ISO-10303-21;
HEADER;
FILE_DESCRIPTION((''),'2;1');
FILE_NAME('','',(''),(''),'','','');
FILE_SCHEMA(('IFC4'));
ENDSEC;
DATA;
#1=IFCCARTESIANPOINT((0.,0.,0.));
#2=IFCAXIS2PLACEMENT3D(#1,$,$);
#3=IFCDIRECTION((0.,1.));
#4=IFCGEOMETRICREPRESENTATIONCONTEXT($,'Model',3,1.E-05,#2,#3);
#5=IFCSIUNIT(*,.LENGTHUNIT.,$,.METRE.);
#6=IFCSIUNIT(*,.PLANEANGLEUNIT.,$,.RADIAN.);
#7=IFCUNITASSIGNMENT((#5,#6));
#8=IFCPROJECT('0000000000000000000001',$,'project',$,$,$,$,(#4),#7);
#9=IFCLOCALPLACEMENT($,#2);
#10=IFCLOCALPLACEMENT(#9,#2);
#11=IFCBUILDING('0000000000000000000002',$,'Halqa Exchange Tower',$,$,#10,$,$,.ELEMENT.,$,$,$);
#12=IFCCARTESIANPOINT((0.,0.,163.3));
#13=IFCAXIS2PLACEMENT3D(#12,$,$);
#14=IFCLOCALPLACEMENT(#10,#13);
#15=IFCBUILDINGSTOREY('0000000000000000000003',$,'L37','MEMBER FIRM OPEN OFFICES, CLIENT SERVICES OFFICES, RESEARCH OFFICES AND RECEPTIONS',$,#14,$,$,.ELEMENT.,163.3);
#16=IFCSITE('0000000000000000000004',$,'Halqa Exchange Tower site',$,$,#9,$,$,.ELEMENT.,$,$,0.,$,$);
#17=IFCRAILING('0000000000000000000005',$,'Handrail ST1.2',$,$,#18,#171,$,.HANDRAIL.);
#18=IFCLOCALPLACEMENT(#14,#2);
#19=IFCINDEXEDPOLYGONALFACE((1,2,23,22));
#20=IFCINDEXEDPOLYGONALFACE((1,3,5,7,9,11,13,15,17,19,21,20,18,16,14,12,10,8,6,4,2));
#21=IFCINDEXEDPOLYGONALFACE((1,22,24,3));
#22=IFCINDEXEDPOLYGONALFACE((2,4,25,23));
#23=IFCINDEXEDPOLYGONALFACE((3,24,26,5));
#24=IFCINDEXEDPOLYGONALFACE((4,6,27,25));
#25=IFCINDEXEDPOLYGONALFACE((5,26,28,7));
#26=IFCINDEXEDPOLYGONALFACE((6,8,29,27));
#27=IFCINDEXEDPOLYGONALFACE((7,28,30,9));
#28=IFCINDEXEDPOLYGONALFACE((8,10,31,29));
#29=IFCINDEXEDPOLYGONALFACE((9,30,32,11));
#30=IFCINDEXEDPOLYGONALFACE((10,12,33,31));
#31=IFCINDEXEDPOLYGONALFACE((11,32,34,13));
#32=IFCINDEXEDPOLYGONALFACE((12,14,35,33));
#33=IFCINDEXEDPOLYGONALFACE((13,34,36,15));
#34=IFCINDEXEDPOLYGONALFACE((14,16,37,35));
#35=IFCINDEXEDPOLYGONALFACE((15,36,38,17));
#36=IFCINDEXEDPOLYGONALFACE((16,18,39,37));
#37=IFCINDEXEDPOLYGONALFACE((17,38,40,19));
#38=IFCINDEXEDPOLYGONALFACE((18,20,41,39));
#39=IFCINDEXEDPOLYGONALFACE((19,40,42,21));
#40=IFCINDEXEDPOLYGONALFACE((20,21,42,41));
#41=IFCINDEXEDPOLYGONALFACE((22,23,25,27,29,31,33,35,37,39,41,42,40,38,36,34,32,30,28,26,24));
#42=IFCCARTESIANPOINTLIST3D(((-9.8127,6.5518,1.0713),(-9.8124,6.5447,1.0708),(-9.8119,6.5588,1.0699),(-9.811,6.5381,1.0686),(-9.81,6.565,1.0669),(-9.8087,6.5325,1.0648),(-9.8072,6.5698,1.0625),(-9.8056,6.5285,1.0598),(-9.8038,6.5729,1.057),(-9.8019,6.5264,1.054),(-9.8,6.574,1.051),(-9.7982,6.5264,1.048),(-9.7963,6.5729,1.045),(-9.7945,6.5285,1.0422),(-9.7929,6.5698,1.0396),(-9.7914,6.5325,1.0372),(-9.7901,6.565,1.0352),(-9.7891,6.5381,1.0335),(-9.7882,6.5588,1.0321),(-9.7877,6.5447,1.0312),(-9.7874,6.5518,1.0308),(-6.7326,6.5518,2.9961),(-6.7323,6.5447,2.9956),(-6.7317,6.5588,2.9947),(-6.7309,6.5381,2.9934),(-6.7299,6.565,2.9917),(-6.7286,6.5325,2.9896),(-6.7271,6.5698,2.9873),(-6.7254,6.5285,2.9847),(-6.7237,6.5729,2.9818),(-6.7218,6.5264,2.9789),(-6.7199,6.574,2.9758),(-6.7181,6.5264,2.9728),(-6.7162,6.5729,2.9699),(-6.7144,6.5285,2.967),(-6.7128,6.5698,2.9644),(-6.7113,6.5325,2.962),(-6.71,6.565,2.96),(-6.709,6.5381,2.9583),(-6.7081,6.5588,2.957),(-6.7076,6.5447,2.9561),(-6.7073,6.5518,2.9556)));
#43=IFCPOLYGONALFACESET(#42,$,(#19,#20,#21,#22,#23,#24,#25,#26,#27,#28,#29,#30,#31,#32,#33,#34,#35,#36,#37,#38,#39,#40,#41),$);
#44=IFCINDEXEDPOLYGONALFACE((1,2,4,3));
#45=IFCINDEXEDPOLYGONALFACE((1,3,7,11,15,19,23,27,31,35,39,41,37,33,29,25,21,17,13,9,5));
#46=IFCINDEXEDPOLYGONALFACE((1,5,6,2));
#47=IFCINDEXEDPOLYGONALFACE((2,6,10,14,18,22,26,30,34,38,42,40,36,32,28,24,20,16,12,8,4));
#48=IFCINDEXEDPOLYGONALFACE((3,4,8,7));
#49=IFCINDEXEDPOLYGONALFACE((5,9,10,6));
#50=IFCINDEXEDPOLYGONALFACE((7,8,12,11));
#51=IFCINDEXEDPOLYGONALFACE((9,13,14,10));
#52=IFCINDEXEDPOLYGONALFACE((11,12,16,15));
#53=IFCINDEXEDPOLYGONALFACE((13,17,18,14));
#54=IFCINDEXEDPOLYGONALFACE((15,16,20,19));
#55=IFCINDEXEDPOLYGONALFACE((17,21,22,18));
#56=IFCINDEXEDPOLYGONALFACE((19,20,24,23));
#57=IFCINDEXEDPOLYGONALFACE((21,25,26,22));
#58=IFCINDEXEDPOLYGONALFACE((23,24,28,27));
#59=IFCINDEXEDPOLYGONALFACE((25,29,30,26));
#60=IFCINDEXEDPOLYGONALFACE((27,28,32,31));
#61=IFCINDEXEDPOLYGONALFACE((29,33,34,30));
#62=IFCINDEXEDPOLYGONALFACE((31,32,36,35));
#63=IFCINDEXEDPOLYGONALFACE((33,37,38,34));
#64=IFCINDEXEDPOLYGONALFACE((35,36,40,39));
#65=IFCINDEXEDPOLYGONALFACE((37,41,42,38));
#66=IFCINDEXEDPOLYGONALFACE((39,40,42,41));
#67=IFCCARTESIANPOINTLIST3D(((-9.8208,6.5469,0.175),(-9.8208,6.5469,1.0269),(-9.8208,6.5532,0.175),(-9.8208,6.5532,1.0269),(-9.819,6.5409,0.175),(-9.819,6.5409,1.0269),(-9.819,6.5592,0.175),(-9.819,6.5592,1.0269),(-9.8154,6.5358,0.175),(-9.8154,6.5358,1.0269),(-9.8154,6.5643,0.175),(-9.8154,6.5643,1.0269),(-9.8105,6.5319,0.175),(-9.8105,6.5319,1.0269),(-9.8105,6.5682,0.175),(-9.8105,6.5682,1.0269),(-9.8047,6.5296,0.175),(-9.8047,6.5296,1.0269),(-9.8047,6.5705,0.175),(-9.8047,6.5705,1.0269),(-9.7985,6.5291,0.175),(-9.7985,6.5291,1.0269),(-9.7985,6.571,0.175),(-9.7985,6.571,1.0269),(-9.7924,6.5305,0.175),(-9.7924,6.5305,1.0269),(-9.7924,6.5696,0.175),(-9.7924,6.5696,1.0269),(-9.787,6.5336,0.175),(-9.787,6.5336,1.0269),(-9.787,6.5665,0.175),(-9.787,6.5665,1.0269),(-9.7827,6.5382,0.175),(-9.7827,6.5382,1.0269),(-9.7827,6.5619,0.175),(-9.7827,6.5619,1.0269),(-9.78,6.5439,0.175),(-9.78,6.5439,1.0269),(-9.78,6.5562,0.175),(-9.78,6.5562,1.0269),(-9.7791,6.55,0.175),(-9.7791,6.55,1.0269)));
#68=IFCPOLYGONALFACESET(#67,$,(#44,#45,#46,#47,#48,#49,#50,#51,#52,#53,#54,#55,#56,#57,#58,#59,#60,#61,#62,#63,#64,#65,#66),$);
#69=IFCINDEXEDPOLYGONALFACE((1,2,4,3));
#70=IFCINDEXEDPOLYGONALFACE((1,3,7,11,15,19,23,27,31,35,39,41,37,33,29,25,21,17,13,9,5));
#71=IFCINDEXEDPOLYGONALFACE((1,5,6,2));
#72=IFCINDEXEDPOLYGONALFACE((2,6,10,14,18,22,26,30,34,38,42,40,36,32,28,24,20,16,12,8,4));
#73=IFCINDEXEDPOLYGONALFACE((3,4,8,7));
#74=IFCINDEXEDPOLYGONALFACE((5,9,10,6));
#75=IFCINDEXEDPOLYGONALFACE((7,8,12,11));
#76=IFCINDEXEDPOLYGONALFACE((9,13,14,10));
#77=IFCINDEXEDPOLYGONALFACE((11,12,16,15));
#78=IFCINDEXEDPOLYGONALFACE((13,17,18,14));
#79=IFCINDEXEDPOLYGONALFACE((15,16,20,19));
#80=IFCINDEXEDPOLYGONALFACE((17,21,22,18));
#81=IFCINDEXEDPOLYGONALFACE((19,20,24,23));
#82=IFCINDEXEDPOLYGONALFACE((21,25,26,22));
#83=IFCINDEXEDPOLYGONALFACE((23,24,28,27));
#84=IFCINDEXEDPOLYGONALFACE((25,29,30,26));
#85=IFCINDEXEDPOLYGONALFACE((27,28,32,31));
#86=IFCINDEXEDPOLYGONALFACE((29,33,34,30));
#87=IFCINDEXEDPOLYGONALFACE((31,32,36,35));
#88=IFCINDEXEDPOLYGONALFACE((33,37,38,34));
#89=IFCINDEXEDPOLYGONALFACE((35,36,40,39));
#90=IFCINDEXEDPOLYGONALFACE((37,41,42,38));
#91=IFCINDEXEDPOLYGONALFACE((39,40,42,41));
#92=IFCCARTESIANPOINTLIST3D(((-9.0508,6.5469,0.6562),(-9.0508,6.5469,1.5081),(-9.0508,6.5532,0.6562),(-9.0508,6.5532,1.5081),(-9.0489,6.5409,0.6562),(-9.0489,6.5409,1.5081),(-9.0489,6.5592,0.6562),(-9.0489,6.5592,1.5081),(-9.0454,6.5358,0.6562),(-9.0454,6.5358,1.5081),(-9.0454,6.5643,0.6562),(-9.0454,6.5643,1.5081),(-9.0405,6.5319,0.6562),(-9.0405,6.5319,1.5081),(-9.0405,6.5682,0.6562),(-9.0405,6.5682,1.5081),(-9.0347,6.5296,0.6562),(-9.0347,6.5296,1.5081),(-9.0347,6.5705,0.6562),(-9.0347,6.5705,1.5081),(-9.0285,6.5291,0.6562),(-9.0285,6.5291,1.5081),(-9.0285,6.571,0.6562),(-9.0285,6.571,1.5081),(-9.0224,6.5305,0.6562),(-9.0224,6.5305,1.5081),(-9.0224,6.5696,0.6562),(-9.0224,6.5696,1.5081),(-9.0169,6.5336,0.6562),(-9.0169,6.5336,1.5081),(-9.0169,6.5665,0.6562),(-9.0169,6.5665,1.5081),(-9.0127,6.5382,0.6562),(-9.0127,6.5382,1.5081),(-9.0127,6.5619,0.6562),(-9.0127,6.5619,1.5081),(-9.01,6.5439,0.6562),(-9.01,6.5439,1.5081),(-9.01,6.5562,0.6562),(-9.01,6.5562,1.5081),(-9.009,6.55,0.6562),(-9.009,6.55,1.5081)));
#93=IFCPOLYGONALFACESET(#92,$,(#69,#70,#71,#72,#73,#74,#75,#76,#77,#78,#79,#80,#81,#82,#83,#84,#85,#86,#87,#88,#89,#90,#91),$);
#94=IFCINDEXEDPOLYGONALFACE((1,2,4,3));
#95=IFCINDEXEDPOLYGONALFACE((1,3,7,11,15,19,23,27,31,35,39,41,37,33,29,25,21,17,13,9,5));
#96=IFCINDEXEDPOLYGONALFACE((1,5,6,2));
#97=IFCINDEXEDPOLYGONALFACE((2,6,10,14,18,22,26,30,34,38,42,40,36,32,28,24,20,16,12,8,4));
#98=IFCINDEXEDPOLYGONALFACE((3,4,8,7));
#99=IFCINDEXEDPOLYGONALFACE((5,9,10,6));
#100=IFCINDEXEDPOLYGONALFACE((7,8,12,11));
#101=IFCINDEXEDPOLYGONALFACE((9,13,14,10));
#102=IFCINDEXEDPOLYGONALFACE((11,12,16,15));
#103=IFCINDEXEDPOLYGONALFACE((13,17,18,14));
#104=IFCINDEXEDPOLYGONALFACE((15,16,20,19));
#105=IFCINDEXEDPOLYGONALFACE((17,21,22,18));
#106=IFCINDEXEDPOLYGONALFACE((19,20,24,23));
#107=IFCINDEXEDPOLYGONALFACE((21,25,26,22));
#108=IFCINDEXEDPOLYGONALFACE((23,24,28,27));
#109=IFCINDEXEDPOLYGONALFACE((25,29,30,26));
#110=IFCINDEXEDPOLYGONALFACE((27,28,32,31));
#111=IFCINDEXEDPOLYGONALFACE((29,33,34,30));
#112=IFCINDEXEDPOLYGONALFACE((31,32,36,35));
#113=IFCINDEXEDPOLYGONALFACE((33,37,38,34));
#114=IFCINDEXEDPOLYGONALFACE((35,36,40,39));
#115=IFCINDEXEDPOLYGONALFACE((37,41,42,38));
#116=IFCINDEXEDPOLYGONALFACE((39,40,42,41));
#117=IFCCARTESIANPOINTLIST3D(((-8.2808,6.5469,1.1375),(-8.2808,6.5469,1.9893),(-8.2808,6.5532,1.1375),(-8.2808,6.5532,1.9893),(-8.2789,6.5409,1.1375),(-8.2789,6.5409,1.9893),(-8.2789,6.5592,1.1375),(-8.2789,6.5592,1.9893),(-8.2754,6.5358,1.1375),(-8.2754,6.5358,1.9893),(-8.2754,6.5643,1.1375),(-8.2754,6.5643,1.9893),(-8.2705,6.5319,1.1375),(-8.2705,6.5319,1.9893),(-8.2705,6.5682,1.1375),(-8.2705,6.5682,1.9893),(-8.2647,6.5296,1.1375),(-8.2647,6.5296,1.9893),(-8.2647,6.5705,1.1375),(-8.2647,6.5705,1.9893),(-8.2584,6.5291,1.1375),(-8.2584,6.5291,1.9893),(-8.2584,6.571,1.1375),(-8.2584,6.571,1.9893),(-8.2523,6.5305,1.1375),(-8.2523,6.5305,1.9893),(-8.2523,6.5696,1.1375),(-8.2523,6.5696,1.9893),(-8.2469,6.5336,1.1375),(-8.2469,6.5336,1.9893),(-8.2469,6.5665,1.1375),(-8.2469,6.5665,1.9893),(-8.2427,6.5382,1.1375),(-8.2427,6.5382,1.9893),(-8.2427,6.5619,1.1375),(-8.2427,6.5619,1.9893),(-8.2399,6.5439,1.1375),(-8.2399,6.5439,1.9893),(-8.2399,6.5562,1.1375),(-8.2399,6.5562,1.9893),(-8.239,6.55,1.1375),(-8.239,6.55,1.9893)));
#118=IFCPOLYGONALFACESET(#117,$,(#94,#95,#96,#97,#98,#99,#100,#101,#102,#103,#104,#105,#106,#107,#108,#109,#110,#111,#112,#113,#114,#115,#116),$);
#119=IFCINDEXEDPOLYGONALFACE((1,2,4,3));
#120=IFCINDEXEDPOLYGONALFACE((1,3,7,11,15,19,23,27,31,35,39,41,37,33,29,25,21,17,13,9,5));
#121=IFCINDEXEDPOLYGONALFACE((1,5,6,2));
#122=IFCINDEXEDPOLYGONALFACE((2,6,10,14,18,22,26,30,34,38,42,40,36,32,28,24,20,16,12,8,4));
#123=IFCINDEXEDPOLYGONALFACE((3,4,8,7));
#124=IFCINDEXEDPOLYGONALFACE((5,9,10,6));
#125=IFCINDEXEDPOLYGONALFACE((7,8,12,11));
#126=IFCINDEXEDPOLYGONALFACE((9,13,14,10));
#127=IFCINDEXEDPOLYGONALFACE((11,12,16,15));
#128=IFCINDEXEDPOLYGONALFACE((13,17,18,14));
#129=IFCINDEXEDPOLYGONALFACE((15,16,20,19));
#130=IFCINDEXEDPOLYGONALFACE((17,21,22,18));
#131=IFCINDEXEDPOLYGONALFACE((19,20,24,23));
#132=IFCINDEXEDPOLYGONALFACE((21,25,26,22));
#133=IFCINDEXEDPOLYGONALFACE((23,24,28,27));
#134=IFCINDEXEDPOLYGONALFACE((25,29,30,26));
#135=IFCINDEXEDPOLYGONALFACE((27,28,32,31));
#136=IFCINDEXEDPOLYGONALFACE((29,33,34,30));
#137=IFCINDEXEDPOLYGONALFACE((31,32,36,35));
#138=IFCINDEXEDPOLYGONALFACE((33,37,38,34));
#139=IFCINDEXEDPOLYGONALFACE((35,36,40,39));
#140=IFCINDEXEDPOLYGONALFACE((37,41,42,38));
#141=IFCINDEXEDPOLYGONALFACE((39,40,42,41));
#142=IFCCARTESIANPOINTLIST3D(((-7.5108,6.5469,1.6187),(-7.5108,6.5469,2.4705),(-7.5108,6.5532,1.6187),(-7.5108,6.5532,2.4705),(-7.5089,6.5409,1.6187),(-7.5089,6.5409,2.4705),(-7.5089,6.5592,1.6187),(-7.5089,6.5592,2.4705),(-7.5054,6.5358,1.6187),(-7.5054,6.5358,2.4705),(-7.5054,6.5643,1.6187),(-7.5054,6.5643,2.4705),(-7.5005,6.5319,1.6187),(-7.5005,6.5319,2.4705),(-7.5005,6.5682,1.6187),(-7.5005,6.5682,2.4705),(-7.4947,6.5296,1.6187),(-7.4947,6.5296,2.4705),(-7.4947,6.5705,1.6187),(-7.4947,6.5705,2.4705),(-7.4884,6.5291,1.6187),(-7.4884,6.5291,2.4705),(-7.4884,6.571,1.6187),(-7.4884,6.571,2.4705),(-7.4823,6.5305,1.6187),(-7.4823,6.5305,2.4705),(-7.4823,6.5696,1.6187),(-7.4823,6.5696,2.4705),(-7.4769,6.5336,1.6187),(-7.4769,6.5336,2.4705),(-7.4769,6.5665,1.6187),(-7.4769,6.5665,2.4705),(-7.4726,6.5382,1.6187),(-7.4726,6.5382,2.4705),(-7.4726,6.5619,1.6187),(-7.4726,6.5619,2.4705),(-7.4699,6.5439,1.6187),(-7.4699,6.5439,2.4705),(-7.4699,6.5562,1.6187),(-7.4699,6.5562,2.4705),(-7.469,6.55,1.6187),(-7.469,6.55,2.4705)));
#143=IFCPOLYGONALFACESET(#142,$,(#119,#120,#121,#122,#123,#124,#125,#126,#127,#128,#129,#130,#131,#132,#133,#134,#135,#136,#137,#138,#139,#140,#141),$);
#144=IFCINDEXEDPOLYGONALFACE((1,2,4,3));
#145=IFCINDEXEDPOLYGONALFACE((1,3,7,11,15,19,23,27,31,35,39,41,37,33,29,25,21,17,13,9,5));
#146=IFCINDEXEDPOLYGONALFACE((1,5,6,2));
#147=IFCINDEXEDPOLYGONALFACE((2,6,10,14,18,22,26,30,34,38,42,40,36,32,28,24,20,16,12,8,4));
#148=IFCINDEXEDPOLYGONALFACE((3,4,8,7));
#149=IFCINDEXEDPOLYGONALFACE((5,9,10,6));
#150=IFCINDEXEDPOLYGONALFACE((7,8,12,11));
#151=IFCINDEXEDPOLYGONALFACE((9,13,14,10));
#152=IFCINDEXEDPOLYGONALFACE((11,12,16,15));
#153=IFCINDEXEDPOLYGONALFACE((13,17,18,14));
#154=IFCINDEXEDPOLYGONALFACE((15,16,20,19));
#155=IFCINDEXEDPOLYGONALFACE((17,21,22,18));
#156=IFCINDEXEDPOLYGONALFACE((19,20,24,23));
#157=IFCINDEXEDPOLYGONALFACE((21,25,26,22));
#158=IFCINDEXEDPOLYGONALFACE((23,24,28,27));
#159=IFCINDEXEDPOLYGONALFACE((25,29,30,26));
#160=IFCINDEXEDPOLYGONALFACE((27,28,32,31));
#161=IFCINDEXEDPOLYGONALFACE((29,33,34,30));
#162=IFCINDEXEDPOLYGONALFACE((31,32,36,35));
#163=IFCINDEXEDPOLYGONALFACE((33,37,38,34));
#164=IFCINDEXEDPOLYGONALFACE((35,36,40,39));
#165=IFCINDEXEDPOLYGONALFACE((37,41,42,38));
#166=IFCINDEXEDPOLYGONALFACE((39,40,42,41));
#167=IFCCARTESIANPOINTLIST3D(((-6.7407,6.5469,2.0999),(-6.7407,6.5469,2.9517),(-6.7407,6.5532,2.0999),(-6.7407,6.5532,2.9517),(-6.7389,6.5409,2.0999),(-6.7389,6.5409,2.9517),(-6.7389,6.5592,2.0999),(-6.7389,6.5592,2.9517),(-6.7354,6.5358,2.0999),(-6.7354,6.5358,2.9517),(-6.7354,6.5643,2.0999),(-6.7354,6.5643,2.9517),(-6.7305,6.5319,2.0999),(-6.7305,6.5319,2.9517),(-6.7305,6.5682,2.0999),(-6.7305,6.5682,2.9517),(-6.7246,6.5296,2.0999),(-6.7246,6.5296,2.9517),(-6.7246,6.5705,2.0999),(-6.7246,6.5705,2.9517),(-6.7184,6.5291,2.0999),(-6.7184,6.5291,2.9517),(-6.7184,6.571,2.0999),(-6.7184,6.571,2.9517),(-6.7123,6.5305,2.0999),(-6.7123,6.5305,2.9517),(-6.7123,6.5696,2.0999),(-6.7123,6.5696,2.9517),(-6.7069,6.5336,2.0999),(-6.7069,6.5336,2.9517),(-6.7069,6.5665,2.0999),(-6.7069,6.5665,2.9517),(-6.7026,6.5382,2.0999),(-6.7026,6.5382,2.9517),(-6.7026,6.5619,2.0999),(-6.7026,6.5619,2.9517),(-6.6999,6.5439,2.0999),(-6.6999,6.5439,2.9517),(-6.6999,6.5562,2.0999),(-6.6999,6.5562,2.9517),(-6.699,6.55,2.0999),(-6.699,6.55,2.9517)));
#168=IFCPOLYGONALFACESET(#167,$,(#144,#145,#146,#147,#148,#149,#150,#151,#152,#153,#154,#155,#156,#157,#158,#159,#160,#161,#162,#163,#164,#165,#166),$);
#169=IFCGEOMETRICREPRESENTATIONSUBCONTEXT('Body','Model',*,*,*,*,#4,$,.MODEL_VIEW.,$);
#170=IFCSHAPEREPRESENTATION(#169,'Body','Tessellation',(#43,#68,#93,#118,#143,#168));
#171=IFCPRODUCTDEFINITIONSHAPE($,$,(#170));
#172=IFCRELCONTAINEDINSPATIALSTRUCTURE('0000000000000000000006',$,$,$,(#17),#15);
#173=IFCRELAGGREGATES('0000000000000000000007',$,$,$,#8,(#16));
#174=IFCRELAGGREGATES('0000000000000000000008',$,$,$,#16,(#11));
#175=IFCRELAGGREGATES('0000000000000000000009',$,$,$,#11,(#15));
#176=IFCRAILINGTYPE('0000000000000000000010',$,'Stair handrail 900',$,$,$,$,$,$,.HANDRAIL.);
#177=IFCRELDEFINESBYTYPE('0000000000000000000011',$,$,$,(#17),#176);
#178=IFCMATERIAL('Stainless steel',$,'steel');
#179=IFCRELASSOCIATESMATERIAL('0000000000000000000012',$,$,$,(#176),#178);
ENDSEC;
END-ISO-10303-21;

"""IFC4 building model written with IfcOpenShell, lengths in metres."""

from ifc_helpers import new_model, si_unit, direction, frame, origin, origin_2d, place, context, subcontext, project, spatial, circle, extrude, material, type_object, element, save


model = new_model("IFC4")

# Units and contexts
model_context = context("Model", 3, precision=1e-05, world=origin(), true_north=direction((0.0, 1.0)))
body_context = subcontext(model_context, "Body", "Model", "MODEL_VIEW")
ifc_project = project(units=[si_unit("LENGTHUNIT", "METRE"), si_unit("PLANEANGLEUNIT", "RADIAN")], contexts=[model_context])

# Site, building, storey
site_placement = place(None, origin())
site = spatial("IfcSite", under=ifc_project, at=site_placement, Name="Halqa Exchange Tower site", CompositionType="ELEMENT", RefElevation=0.0)
building_placement = place(site_placement, origin())
building = spatial("IfcBuilding", under=site, at=building_placement, Name="Halqa Exchange Tower", CompositionType="ELEMENT")
storey_placement = place(building_placement, frame((0.0, 0.0, 163.3)))
storey = spatial("IfcBuildingStorey", under=building, at=storey_placement, Name="L37", Description="MEMBER FIRM OPEN OFFICES, CLIENT SERVICES OFFICES, RESEARCH OFFICES AND RECEPTIONS", CompositionType="ELEMENT", Elevation=163.3)

# Shared definitions
ifc_material_1 = material(Name="Stainless steel", Category="steel")

# Railing
railing_type_1 = type_object("IfcRailingType", Name="Stair handrail 900", PredefinedType="HANDRAIL", material=ifc_material_1)
railing_1_placement = place(storey_placement, frame((-9.8, 6.55, 0.175)))
element("IfcRailing", 1, at=railing_1_placement, inside=storey, type_object=railing_type_1, Name="Handrail ST1.2", PredefinedType="HANDRAIL", context=body_context, shape_type="SweptSolid", body=[
    extrude(circle(Radius=0.0239, at=origin_2d()), frame((0.0, 0.0, 0.876), z_axis=(0.848029, 0.0, 0.529951), x_axis=(0.0, 1.0, 0.0)), (0.0, 0.0, 1.0), 3.6321),
    extrude(circle(Radius=0.021, at=origin_2d()), origin(), (0.0, 0.0, 1.0), 0.8518),
    extrude(circle(Radius=0.021, at=origin_2d()), frame((0.77, 0.0, 0.4812)), (0.0, 0.0, 1.0), 0.8518),
    extrude(circle(Radius=0.021, at=origin_2d()), frame((1.54, 0.0, 0.9624)), (0.0, 0.0, 1.0), 0.8518),
    extrude(circle(Radius=0.021, at=origin_2d()), frame((2.3101, 0.0, 1.4436)), (0.0, 0.0, 1.0), 0.8518),
    extrude(circle(Radius=0.021, at=origin_2d()), frame((3.0801, 0.0, 1.9248)), (0.0, 0.0, 1.0), 0.8518),
])

save(model, "model.ifc")
